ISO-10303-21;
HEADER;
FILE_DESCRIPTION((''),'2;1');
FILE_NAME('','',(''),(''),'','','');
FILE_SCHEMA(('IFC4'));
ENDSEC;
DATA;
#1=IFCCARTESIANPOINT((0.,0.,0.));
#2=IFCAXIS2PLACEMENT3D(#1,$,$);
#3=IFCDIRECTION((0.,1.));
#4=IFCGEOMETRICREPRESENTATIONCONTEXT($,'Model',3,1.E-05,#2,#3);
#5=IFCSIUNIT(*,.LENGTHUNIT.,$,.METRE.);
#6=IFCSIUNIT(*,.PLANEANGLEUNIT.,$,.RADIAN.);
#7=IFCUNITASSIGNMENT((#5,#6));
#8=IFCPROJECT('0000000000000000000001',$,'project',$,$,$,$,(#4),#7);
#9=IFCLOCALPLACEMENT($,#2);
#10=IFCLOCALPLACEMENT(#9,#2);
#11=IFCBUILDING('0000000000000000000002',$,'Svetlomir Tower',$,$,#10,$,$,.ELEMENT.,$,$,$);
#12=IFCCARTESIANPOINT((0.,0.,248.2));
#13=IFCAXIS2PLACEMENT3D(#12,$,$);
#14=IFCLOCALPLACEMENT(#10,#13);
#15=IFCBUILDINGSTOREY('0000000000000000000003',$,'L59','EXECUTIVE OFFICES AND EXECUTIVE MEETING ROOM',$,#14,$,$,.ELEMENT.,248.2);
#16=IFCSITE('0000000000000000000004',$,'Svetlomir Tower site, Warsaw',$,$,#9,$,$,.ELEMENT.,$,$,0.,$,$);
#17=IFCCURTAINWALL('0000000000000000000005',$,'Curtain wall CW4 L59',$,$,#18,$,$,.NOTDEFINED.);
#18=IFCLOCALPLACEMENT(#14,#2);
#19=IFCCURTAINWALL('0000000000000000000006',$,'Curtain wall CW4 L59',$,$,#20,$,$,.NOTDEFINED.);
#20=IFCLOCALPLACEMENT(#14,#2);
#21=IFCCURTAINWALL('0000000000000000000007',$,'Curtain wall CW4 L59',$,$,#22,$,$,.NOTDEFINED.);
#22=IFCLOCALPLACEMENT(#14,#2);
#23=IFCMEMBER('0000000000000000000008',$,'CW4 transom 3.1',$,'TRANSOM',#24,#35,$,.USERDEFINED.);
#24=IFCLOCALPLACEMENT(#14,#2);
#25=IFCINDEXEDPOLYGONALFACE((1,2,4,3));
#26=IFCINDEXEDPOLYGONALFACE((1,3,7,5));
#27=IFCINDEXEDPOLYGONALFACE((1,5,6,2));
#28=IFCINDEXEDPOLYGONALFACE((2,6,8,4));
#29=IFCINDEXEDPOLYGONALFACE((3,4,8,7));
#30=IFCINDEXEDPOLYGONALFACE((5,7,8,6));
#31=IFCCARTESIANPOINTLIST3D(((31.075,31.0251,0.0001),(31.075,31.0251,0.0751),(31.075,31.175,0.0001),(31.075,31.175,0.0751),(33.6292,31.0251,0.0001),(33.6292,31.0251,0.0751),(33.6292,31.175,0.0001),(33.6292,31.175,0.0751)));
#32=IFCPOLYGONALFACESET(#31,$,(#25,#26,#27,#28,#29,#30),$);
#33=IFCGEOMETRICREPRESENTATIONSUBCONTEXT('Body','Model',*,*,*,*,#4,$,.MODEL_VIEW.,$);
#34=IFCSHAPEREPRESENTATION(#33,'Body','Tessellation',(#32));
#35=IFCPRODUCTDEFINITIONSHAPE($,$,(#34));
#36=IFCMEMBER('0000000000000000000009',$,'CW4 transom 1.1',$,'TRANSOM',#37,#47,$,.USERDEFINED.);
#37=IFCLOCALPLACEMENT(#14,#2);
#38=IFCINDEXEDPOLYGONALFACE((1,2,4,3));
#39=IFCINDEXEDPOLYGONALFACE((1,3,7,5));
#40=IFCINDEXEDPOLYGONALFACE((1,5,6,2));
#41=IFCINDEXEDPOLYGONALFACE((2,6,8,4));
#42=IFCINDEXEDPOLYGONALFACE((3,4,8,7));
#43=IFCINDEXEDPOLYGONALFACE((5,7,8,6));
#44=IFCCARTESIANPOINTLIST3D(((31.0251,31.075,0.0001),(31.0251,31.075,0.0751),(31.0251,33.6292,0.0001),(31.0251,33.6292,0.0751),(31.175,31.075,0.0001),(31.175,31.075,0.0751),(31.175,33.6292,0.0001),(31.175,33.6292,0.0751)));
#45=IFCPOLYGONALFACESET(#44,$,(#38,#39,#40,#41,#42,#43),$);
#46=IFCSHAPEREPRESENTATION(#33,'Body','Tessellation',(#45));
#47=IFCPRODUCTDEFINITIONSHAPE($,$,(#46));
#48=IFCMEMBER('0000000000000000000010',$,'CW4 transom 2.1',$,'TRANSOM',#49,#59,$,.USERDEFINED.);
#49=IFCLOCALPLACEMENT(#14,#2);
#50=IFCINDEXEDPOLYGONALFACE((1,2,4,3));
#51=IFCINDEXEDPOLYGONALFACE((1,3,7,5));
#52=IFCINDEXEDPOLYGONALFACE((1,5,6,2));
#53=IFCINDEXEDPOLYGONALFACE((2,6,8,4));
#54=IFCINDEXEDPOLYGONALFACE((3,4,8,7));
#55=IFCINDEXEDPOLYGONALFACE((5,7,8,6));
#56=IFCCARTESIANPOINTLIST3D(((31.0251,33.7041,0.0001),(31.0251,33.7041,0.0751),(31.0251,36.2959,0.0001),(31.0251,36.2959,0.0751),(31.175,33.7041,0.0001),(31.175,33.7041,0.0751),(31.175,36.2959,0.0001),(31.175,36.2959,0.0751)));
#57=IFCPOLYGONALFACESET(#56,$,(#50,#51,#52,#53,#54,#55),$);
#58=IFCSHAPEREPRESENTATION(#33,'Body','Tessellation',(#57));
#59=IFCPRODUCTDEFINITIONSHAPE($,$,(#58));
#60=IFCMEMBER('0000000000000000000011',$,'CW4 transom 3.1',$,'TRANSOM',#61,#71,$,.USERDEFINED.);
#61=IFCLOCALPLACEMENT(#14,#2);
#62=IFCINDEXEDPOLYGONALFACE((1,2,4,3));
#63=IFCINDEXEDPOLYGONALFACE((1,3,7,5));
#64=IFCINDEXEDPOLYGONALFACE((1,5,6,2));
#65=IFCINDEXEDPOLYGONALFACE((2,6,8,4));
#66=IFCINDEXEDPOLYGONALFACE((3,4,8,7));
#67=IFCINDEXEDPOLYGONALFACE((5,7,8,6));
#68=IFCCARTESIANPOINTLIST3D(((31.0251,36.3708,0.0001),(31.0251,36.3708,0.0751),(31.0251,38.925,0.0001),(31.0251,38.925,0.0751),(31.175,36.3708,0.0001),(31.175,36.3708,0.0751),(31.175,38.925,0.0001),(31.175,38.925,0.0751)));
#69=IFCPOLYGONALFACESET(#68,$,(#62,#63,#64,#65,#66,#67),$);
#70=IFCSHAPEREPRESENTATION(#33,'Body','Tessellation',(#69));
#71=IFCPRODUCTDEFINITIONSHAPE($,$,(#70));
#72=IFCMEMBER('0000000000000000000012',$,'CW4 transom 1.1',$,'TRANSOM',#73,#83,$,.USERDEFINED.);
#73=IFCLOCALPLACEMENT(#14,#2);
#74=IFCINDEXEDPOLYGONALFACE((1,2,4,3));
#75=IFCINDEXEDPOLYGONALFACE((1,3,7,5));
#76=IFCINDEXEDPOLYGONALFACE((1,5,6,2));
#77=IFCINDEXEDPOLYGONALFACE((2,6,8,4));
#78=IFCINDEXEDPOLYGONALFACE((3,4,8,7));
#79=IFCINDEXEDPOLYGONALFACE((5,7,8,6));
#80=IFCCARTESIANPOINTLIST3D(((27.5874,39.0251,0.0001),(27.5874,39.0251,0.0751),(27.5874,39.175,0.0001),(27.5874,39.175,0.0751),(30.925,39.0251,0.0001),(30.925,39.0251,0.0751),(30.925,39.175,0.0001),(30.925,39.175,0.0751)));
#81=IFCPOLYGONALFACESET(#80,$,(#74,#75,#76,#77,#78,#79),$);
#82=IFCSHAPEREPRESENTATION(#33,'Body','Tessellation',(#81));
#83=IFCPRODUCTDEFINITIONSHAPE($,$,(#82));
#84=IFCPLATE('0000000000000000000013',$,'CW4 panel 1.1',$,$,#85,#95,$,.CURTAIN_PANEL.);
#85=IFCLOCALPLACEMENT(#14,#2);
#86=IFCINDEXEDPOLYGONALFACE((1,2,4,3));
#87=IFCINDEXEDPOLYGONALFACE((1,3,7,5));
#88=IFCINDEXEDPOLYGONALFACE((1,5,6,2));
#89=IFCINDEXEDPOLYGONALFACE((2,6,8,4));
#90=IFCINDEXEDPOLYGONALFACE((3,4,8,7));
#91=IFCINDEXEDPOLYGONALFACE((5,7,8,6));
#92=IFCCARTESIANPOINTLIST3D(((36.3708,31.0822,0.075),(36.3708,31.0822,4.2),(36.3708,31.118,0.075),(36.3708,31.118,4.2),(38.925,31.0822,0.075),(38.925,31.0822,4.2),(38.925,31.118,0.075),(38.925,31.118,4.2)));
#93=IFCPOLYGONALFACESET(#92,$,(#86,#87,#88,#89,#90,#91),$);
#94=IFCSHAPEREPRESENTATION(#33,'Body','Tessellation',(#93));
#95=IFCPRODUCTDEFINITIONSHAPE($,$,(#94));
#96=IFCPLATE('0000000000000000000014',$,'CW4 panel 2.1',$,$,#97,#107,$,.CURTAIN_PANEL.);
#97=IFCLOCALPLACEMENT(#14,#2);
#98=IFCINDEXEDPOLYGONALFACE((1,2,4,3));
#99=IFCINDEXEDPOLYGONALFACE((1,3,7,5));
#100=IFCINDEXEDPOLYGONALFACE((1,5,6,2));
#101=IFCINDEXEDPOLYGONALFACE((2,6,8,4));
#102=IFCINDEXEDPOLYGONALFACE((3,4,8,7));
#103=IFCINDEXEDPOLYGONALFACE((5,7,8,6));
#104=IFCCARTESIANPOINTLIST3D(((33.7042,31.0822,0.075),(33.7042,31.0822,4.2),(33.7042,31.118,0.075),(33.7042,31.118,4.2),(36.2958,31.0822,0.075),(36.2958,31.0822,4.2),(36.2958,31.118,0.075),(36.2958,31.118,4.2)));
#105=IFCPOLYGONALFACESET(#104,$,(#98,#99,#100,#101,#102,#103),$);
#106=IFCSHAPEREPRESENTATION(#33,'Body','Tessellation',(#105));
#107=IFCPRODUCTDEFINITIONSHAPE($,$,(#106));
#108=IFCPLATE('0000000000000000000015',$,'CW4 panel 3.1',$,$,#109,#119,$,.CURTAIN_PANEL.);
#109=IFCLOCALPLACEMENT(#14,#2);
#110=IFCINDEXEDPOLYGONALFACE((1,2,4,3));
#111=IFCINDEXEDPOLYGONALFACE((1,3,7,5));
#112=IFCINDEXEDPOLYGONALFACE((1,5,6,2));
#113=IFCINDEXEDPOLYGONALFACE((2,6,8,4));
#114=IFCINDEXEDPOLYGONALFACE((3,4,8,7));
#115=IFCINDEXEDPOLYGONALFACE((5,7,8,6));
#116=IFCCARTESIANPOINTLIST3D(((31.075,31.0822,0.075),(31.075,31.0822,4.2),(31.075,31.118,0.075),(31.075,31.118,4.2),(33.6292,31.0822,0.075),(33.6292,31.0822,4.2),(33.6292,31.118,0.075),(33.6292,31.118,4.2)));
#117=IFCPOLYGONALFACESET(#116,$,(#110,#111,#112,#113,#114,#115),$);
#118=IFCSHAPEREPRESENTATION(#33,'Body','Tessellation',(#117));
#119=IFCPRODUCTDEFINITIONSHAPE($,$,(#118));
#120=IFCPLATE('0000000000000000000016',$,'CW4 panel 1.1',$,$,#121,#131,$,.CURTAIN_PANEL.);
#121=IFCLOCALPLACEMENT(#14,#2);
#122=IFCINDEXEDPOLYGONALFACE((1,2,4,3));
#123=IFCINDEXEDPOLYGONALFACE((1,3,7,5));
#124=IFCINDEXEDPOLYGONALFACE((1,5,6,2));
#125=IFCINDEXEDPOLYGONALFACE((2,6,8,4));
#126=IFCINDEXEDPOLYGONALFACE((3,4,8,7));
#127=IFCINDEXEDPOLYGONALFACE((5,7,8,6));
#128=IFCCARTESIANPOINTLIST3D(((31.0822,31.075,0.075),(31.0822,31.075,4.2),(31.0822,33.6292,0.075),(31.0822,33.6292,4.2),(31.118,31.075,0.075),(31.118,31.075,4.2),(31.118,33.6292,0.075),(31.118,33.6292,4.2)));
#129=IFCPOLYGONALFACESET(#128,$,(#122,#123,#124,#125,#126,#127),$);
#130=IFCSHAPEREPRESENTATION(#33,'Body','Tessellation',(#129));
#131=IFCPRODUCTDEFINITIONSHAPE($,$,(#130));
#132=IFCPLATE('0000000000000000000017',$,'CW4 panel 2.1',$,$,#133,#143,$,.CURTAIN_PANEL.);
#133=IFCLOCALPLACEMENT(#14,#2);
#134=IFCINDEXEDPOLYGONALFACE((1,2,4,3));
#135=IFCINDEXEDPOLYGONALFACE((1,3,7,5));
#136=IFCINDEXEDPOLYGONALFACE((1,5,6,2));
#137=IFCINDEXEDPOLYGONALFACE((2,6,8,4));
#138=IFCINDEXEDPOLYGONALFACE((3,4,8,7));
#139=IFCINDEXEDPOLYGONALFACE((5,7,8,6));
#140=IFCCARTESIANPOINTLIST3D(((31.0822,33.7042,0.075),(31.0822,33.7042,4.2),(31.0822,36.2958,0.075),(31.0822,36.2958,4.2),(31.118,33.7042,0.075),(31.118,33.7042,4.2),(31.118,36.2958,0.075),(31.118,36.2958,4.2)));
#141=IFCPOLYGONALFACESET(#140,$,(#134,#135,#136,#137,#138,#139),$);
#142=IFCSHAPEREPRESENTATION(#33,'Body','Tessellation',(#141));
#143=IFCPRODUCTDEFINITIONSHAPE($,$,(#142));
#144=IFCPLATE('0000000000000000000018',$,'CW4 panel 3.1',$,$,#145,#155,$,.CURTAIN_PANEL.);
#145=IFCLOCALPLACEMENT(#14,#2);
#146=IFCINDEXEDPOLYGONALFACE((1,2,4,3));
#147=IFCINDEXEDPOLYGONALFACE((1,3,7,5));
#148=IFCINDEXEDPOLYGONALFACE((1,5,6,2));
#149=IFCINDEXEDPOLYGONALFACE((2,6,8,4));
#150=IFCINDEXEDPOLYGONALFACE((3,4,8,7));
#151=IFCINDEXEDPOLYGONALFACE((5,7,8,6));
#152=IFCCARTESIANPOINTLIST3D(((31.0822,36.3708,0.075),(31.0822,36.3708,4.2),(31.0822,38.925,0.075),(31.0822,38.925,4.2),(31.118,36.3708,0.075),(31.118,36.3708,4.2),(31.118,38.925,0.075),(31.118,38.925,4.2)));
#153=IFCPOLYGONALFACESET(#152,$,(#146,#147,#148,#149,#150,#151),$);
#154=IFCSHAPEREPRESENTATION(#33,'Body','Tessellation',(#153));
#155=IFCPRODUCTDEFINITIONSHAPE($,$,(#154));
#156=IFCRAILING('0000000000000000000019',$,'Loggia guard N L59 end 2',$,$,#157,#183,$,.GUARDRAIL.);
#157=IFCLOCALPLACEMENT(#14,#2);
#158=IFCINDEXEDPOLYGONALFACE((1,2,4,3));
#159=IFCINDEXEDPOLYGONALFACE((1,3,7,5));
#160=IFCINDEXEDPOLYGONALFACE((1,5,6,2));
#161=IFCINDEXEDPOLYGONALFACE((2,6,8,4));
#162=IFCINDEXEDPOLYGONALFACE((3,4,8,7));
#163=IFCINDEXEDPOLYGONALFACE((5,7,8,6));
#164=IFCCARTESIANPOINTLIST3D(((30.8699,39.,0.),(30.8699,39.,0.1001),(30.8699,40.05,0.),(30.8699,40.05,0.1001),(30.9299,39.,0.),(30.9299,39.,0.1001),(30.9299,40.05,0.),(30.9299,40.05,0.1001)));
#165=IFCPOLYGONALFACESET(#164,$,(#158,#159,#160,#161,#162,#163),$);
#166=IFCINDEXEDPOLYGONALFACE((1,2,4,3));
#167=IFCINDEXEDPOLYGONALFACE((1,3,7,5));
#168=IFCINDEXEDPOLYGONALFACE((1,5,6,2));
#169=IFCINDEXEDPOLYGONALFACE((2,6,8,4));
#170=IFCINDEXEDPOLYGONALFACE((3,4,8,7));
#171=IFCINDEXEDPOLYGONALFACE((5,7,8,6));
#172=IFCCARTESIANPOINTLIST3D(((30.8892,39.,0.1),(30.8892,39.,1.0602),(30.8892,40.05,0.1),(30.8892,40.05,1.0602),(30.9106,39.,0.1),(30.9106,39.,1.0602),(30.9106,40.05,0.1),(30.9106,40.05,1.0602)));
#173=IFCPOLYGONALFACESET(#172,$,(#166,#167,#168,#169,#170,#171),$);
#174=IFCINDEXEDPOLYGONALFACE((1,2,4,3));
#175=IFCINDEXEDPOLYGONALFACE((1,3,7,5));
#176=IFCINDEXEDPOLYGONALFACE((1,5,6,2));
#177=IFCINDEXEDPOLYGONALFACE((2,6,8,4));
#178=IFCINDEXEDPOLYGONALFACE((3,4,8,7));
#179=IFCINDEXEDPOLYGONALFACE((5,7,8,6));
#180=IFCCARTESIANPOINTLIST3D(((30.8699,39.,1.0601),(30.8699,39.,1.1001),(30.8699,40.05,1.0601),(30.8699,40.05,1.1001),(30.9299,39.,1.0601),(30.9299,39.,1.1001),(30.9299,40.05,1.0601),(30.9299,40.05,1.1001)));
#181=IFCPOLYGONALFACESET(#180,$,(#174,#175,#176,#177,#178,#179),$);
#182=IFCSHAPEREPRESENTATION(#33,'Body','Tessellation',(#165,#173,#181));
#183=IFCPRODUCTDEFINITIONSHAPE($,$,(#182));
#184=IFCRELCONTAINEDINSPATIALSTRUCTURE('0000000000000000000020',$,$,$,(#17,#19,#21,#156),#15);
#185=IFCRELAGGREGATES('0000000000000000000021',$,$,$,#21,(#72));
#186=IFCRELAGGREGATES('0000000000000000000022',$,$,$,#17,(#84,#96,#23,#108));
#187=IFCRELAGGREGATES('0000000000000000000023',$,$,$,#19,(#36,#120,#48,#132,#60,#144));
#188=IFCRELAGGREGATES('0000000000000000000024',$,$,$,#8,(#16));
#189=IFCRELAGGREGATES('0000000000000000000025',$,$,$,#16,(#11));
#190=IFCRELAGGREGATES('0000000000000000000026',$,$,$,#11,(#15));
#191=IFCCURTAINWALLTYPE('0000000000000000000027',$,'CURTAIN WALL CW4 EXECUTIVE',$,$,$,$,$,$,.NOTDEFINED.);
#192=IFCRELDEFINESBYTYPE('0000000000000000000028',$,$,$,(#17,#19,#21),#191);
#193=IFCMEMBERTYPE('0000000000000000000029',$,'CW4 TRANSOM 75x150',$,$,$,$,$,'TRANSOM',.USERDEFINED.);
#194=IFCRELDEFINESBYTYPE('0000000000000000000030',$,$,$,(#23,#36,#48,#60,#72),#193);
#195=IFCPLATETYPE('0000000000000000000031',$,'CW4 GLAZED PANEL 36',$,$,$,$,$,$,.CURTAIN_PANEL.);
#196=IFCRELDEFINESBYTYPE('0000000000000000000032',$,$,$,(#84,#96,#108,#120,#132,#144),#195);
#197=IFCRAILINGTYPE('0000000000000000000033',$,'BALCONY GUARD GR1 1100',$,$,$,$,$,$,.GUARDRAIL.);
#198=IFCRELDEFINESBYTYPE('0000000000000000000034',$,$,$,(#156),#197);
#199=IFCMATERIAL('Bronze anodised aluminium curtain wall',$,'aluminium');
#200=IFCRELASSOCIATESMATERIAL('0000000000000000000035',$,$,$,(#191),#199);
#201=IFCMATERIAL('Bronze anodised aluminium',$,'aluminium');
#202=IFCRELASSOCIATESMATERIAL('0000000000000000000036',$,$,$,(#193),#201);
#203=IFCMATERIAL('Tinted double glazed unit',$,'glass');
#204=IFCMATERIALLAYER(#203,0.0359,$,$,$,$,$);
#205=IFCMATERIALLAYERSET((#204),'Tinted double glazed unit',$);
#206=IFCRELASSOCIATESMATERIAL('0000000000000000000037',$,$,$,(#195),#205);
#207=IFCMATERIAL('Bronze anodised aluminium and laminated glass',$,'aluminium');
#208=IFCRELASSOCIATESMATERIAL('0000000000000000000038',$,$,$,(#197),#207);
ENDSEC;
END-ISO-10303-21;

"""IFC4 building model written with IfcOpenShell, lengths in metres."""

from ifc_helpers import new_model, si_unit, direction, frame, origin, origin_2d, place, context, subcontext, project, spatial, rectangle, extrude, material, layer, layer_set, material_profile, profile_set, type_object, element, aggregate, save


model = new_model("IFC4")

# Units and contexts
model_context = context("Model", 3, precision=1e-05, world=origin(), true_north=direction((0.0, 1.0)))
body_context = subcontext(model_context, "Body", "Model", "MODEL_VIEW")
ifc_project = project(units=[si_unit("LENGTHUNIT", "METRE"), si_unit("PLANEANGLEUNIT", "RADIAN")], contexts=[model_context])

# Site, building, storey
site_placement = place(None, origin())
site = spatial("IfcSite", under=ifc_project, at=site_placement, Name="Svetlomir Tower site, Warsaw", CompositionType="ELEMENT", RefElevation=0.0)
building_placement = place(site_placement, origin())
building = spatial("IfcBuilding", under=site, at=building_placement, Name="Svetlomir Tower", CompositionType="ELEMENT")
storey_placement = place(building_placement, frame((0.0, 0.0, 248.2)))
storey = spatial("IfcBuildingStorey", under=building, at=storey_placement, Name="L59", Description="EXECUTIVE OFFICES AND EXECUTIVE MEETING ROOM", CompositionType="ELEMENT", Elevation=248.2)

# Curtain walls
ifc_material_1 = material(Name="Bronze anodised aluminium curtain wall", Category="aluminium")
curtain_wall_type = type_object("IfcCurtainWallType", Name="CURTAIN WALL CW4 EXECUTIVE", PredefinedType="NOTDEFINED", material=ifc_material_1)
curtain_wall_1_placement = place(storey_placement, origin())
curtain_wall_1 = element("IfcCurtainWall", 1, at=curtain_wall_1_placement, inside=storey, type_object=curtain_wall_type, Name="Curtain wall CW4 L59", PredefinedType="NOTDEFINED")
curtain_wall_2_placement = place(storey_placement, origin())
curtain_wall_2 = element("IfcCurtainWall", 2, at=curtain_wall_2_placement, inside=storey, type_object=curtain_wall_type, Name="Curtain wall CW4 L59", PredefinedType="NOTDEFINED")

# Curtain wall
curtain_wall_3_placement = place(storey_placement, origin())
curtain_wall_3 = element("IfcCurtainWall", 3, at=curtain_wall_3_placement, inside=storey, type_object=curtain_wall_type, Name="Curtain wall CW4 L59", PredefinedType="NOTDEFINED")

# Members
ifc_material_2 = material(Name="Bronze anodised aluminium", Category="aluminium")
ifc_material_profile_1 = material_profile(ifc_material_2, rectangle(XDim=0.1499, YDim=0.075, at=origin_2d()), Name="AL 150x75")
ifc_profile_set_1 = profile_set([ifc_material_profile_1], Name="Bronze anodised aluminium 6063-T6")
member_type_1 = type_object("IfcMemberType", Name="CW4 TRANSOM 75x150", ElementType="TRANSOM", PredefinedType="USERDEFINED", material=ifc_profile_set_1)
member_1_placement = place(storey_placement, frame((33.6292, 31.1001, 0.0376), z_axis=(-1.0, 0.0, 0.0), x_axis=(0.0, -1.0, 0.0)))
member_1 = element("IfcMember", 4, at=member_1_placement, type_object=member_type_1, Name="CW4 transom 3.1", ObjectType="TRANSOM", PredefinedType="USERDEFINED", context=body_context, shape_type="SweptSolid", body=[
    extrude(rectangle(XDim=0.1499, YDim=0.075, at=origin_2d()), origin(), (0.0, 0.0, 1.0), 2.5542),
])
member_2_placement = place(storey_placement, frame((31.1001, 31.075, 0.0376), z_axis=(0.0, 1.0, 0.0), x_axis=(-1.0, 0.0, 0.0)))
member_2 = element("IfcMember", 5, at=member_2_placement, type_object=member_type_1, Name="CW4 transom 1.1", ObjectType="TRANSOM", PredefinedType="USERDEFINED", context=body_context, shape_type="SweptSolid", body=[
    extrude(rectangle(XDim=0.1499, YDim=0.075, at=origin_2d()), origin(), (0.0, 0.0, 1.0), 2.5542),
])
member_3_placement = place(storey_placement, frame((31.1001, 33.7041, 0.0376), z_axis=(0.0, 1.0, 0.0), x_axis=(-1.0, 0.0, 0.0)))
member_3 = element("IfcMember", 6, at=member_3_placement, type_object=member_type_1, Name="CW4 transom 2.1", ObjectType="TRANSOM", PredefinedType="USERDEFINED", context=body_context, shape_type="SweptSolid", body=[
    extrude(rectangle(XDim=0.1499, YDim=0.075, at=origin_2d()), origin(), (0.0, 0.0, 1.0), 2.5918),
])
member_4_placement = place(storey_placement, frame((31.1001, 36.3708, 0.0376), z_axis=(0.0, 1.0, 0.0), x_axis=(-1.0, 0.0, 0.0)))
member_4 = element("IfcMember", 7, at=member_4_placement, type_object=member_type_1, Name="CW4 transom 3.1", ObjectType="TRANSOM", PredefinedType="USERDEFINED", context=body_context, shape_type="SweptSolid", body=[
    extrude(rectangle(XDim=0.1499, YDim=0.075, at=origin_2d()), origin(), (0.0, 0.0, 1.0), 2.5542),
])
member_5_placement = place(storey_placement, frame((30.925, 39.1001, 0.0376), z_axis=(-1.0, 0.0, 0.0), x_axis=(0.0, -1.0, 0.0)))
member_5 = element("IfcMember", 8, at=member_5_placement, type_object=member_type_1, Name="CW4 transom 1.1", ObjectType="TRANSOM", PredefinedType="USERDEFINED", context=body_context, shape_type="SweptSolid", body=[
    extrude(rectangle(XDim=0.1499, YDim=0.075, at=origin_2d()), origin(), (0.0, 0.0, 1.0), 3.3376),
])
aggregate(curtain_wall_3, [member_5])

# Plates
ifc_material_3 = material(Name="Tinted double glazed unit", Category="glass")
ifc_layer = layer(ifc_material_3, 0.0359)
ifc_layer_set = layer_set([ifc_layer], Name="Tinted double glazed unit")
plate_type = type_object("IfcPlateType", Name="CW4 GLAZED PANEL 36", PredefinedType="CURTAIN_PANEL", material=ifc_layer_set)
plate_1_placement = place(storey_placement, frame((37.6479, 31.1001, 0.075), z_axis=(0.0, 0.0, 1.0), x_axis=(-1.0, 0.0, 0.0)))
plate_1 = element("IfcPlate", 9, at=plate_1_placement, type_object=plate_type, Name="CW4 panel 1.1", PredefinedType="CURTAIN_PANEL", context=body_context, shape_type="SweptSolid", body=[
    extrude(rectangle(XDim=2.5542, YDim=0.0359, at=origin_2d()), origin(), (0.0, 0.0, 1.0), 4.125),
])
plate_2_placement = place(storey_placement, frame((35.0, 31.1001, 0.075), z_axis=(0.0, 0.0, 1.0), x_axis=(-1.0, 0.0, 0.0)))
plate_2 = element("IfcPlate", 10, at=plate_2_placement, type_object=plate_type, Name="CW4 panel 2.1", PredefinedType="CURTAIN_PANEL", context=body_context, shape_type="SweptSolid", body=[
    extrude(rectangle(XDim=2.5916, YDim=0.0359, at=origin_2d()), origin(), (0.0, 0.0, 1.0), 4.125),
])
plate_3_placement = place(storey_placement, frame((32.3521, 31.1001, 0.075), z_axis=(0.0, 0.0, 1.0), x_axis=(-1.0, 0.0, 0.0)))
plate_3 = element("IfcPlate", 11, at=plate_3_placement, type_object=plate_type, Name="CW4 panel 3.1", PredefinedType="CURTAIN_PANEL", context=body_context, shape_type="SweptSolid", body=[
    extrude(rectangle(XDim=2.5542, YDim=0.0359, at=origin_2d()), origin(), (0.0, 0.0, 1.0), 4.125),
])
aggregate(curtain_wall_1, [plate_1, plate_2, member_1, plate_3])
plate_4_placement = place(storey_placement, frame((31.1001, 32.3521, 0.075), z_axis=(0.0, 0.0, 1.0), x_axis=(0.0, 1.0, 0.0)))
plate_4 = element("IfcPlate", 12, at=plate_4_placement, type_object=plate_type, Name="CW4 panel 1.1", PredefinedType="CURTAIN_PANEL", context=body_context, shape_type="SweptSolid", body=[
    extrude(rectangle(XDim=2.5542, YDim=0.0359, at=origin_2d()), origin(), (0.0, 0.0, 1.0), 4.125),
])
plate_5_placement = place(storey_placement, frame((31.1001, 35.0, 0.075), z_axis=(0.0, 0.0, 1.0), x_axis=(0.0, 1.0, 0.0)))
plate_5 = element("IfcPlate", 13, at=plate_5_placement, type_object=plate_type, Name="CW4 panel 2.1", PredefinedType="CURTAIN_PANEL", context=body_context, shape_type="SweptSolid", body=[
    extrude(rectangle(XDim=2.5916, YDim=0.0359, at=origin_2d()), origin(), (0.0, 0.0, 1.0), 4.125),
])
plate_6_placement = place(storey_placement, frame((31.1001, 37.6479, 0.075), z_axis=(0.0, 0.0, 1.0), x_axis=(0.0, 1.0, 0.0)))
plate_6 = element("IfcPlate", 14, at=plate_6_placement, type_object=plate_type, Name="CW4 panel 3.1", PredefinedType="CURTAIN_PANEL", context=body_context, shape_type="SweptSolid", body=[
    extrude(rectangle(XDim=2.5542, YDim=0.0359, at=origin_2d()), origin(), (0.0, 0.0, 1.0), 4.125),
])
aggregate(curtain_wall_2, [member_2, plate_4, member_3, plate_5, member_4, plate_6])

# Railing
ifc_material_4 = material(Name="Bronze anodised aluminium and laminated glass", Category="aluminium")
railing_type = type_object("IfcRailingType", Name="BALCONY GUARD GR1 1100", PredefinedType="GUARDRAIL", material=ifc_material_4)
railing_placement = place(storey_placement, frame((30.8999, 40.05, 0.0)))
element("IfcRailing", 15, at=railing_placement, inside=storey, type_object=railing_type, Name="Loggia guard N L59 end 2", PredefinedType="GUARDRAIL", context=body_context, shape_type="SweptSolid", body=[
    extrude(rectangle(XDim=0.0601, YDim=0.1001, at=origin_2d()), frame((0.0, 0.0, 0.05), z_axis=(0.0, -1.0, 0.0), x_axis=(1.0, 0.0, 0.0)), (0.0, 0.0, 1.0), 1.05),
    extrude(rectangle(XDim=0.0215, YDim=0.9602, at=origin_2d()), frame((0.0, 0.0, 0.5801), z_axis=(0.0, -1.0, 0.0), x_axis=(1.0, 0.0, 0.0)), (0.0, 0.0, 1.0), 1.05),
    extrude(rectangle(XDim=0.0601, YDim=0.04, at=origin_2d()), frame((0.0, 0.0, 1.0801), z_axis=(0.0, -1.0, 0.0), x_axis=(1.0, 0.0, 0.0)), (0.0, 0.0, 1.0), 1.05),
])

save(model, "model.ifc")
